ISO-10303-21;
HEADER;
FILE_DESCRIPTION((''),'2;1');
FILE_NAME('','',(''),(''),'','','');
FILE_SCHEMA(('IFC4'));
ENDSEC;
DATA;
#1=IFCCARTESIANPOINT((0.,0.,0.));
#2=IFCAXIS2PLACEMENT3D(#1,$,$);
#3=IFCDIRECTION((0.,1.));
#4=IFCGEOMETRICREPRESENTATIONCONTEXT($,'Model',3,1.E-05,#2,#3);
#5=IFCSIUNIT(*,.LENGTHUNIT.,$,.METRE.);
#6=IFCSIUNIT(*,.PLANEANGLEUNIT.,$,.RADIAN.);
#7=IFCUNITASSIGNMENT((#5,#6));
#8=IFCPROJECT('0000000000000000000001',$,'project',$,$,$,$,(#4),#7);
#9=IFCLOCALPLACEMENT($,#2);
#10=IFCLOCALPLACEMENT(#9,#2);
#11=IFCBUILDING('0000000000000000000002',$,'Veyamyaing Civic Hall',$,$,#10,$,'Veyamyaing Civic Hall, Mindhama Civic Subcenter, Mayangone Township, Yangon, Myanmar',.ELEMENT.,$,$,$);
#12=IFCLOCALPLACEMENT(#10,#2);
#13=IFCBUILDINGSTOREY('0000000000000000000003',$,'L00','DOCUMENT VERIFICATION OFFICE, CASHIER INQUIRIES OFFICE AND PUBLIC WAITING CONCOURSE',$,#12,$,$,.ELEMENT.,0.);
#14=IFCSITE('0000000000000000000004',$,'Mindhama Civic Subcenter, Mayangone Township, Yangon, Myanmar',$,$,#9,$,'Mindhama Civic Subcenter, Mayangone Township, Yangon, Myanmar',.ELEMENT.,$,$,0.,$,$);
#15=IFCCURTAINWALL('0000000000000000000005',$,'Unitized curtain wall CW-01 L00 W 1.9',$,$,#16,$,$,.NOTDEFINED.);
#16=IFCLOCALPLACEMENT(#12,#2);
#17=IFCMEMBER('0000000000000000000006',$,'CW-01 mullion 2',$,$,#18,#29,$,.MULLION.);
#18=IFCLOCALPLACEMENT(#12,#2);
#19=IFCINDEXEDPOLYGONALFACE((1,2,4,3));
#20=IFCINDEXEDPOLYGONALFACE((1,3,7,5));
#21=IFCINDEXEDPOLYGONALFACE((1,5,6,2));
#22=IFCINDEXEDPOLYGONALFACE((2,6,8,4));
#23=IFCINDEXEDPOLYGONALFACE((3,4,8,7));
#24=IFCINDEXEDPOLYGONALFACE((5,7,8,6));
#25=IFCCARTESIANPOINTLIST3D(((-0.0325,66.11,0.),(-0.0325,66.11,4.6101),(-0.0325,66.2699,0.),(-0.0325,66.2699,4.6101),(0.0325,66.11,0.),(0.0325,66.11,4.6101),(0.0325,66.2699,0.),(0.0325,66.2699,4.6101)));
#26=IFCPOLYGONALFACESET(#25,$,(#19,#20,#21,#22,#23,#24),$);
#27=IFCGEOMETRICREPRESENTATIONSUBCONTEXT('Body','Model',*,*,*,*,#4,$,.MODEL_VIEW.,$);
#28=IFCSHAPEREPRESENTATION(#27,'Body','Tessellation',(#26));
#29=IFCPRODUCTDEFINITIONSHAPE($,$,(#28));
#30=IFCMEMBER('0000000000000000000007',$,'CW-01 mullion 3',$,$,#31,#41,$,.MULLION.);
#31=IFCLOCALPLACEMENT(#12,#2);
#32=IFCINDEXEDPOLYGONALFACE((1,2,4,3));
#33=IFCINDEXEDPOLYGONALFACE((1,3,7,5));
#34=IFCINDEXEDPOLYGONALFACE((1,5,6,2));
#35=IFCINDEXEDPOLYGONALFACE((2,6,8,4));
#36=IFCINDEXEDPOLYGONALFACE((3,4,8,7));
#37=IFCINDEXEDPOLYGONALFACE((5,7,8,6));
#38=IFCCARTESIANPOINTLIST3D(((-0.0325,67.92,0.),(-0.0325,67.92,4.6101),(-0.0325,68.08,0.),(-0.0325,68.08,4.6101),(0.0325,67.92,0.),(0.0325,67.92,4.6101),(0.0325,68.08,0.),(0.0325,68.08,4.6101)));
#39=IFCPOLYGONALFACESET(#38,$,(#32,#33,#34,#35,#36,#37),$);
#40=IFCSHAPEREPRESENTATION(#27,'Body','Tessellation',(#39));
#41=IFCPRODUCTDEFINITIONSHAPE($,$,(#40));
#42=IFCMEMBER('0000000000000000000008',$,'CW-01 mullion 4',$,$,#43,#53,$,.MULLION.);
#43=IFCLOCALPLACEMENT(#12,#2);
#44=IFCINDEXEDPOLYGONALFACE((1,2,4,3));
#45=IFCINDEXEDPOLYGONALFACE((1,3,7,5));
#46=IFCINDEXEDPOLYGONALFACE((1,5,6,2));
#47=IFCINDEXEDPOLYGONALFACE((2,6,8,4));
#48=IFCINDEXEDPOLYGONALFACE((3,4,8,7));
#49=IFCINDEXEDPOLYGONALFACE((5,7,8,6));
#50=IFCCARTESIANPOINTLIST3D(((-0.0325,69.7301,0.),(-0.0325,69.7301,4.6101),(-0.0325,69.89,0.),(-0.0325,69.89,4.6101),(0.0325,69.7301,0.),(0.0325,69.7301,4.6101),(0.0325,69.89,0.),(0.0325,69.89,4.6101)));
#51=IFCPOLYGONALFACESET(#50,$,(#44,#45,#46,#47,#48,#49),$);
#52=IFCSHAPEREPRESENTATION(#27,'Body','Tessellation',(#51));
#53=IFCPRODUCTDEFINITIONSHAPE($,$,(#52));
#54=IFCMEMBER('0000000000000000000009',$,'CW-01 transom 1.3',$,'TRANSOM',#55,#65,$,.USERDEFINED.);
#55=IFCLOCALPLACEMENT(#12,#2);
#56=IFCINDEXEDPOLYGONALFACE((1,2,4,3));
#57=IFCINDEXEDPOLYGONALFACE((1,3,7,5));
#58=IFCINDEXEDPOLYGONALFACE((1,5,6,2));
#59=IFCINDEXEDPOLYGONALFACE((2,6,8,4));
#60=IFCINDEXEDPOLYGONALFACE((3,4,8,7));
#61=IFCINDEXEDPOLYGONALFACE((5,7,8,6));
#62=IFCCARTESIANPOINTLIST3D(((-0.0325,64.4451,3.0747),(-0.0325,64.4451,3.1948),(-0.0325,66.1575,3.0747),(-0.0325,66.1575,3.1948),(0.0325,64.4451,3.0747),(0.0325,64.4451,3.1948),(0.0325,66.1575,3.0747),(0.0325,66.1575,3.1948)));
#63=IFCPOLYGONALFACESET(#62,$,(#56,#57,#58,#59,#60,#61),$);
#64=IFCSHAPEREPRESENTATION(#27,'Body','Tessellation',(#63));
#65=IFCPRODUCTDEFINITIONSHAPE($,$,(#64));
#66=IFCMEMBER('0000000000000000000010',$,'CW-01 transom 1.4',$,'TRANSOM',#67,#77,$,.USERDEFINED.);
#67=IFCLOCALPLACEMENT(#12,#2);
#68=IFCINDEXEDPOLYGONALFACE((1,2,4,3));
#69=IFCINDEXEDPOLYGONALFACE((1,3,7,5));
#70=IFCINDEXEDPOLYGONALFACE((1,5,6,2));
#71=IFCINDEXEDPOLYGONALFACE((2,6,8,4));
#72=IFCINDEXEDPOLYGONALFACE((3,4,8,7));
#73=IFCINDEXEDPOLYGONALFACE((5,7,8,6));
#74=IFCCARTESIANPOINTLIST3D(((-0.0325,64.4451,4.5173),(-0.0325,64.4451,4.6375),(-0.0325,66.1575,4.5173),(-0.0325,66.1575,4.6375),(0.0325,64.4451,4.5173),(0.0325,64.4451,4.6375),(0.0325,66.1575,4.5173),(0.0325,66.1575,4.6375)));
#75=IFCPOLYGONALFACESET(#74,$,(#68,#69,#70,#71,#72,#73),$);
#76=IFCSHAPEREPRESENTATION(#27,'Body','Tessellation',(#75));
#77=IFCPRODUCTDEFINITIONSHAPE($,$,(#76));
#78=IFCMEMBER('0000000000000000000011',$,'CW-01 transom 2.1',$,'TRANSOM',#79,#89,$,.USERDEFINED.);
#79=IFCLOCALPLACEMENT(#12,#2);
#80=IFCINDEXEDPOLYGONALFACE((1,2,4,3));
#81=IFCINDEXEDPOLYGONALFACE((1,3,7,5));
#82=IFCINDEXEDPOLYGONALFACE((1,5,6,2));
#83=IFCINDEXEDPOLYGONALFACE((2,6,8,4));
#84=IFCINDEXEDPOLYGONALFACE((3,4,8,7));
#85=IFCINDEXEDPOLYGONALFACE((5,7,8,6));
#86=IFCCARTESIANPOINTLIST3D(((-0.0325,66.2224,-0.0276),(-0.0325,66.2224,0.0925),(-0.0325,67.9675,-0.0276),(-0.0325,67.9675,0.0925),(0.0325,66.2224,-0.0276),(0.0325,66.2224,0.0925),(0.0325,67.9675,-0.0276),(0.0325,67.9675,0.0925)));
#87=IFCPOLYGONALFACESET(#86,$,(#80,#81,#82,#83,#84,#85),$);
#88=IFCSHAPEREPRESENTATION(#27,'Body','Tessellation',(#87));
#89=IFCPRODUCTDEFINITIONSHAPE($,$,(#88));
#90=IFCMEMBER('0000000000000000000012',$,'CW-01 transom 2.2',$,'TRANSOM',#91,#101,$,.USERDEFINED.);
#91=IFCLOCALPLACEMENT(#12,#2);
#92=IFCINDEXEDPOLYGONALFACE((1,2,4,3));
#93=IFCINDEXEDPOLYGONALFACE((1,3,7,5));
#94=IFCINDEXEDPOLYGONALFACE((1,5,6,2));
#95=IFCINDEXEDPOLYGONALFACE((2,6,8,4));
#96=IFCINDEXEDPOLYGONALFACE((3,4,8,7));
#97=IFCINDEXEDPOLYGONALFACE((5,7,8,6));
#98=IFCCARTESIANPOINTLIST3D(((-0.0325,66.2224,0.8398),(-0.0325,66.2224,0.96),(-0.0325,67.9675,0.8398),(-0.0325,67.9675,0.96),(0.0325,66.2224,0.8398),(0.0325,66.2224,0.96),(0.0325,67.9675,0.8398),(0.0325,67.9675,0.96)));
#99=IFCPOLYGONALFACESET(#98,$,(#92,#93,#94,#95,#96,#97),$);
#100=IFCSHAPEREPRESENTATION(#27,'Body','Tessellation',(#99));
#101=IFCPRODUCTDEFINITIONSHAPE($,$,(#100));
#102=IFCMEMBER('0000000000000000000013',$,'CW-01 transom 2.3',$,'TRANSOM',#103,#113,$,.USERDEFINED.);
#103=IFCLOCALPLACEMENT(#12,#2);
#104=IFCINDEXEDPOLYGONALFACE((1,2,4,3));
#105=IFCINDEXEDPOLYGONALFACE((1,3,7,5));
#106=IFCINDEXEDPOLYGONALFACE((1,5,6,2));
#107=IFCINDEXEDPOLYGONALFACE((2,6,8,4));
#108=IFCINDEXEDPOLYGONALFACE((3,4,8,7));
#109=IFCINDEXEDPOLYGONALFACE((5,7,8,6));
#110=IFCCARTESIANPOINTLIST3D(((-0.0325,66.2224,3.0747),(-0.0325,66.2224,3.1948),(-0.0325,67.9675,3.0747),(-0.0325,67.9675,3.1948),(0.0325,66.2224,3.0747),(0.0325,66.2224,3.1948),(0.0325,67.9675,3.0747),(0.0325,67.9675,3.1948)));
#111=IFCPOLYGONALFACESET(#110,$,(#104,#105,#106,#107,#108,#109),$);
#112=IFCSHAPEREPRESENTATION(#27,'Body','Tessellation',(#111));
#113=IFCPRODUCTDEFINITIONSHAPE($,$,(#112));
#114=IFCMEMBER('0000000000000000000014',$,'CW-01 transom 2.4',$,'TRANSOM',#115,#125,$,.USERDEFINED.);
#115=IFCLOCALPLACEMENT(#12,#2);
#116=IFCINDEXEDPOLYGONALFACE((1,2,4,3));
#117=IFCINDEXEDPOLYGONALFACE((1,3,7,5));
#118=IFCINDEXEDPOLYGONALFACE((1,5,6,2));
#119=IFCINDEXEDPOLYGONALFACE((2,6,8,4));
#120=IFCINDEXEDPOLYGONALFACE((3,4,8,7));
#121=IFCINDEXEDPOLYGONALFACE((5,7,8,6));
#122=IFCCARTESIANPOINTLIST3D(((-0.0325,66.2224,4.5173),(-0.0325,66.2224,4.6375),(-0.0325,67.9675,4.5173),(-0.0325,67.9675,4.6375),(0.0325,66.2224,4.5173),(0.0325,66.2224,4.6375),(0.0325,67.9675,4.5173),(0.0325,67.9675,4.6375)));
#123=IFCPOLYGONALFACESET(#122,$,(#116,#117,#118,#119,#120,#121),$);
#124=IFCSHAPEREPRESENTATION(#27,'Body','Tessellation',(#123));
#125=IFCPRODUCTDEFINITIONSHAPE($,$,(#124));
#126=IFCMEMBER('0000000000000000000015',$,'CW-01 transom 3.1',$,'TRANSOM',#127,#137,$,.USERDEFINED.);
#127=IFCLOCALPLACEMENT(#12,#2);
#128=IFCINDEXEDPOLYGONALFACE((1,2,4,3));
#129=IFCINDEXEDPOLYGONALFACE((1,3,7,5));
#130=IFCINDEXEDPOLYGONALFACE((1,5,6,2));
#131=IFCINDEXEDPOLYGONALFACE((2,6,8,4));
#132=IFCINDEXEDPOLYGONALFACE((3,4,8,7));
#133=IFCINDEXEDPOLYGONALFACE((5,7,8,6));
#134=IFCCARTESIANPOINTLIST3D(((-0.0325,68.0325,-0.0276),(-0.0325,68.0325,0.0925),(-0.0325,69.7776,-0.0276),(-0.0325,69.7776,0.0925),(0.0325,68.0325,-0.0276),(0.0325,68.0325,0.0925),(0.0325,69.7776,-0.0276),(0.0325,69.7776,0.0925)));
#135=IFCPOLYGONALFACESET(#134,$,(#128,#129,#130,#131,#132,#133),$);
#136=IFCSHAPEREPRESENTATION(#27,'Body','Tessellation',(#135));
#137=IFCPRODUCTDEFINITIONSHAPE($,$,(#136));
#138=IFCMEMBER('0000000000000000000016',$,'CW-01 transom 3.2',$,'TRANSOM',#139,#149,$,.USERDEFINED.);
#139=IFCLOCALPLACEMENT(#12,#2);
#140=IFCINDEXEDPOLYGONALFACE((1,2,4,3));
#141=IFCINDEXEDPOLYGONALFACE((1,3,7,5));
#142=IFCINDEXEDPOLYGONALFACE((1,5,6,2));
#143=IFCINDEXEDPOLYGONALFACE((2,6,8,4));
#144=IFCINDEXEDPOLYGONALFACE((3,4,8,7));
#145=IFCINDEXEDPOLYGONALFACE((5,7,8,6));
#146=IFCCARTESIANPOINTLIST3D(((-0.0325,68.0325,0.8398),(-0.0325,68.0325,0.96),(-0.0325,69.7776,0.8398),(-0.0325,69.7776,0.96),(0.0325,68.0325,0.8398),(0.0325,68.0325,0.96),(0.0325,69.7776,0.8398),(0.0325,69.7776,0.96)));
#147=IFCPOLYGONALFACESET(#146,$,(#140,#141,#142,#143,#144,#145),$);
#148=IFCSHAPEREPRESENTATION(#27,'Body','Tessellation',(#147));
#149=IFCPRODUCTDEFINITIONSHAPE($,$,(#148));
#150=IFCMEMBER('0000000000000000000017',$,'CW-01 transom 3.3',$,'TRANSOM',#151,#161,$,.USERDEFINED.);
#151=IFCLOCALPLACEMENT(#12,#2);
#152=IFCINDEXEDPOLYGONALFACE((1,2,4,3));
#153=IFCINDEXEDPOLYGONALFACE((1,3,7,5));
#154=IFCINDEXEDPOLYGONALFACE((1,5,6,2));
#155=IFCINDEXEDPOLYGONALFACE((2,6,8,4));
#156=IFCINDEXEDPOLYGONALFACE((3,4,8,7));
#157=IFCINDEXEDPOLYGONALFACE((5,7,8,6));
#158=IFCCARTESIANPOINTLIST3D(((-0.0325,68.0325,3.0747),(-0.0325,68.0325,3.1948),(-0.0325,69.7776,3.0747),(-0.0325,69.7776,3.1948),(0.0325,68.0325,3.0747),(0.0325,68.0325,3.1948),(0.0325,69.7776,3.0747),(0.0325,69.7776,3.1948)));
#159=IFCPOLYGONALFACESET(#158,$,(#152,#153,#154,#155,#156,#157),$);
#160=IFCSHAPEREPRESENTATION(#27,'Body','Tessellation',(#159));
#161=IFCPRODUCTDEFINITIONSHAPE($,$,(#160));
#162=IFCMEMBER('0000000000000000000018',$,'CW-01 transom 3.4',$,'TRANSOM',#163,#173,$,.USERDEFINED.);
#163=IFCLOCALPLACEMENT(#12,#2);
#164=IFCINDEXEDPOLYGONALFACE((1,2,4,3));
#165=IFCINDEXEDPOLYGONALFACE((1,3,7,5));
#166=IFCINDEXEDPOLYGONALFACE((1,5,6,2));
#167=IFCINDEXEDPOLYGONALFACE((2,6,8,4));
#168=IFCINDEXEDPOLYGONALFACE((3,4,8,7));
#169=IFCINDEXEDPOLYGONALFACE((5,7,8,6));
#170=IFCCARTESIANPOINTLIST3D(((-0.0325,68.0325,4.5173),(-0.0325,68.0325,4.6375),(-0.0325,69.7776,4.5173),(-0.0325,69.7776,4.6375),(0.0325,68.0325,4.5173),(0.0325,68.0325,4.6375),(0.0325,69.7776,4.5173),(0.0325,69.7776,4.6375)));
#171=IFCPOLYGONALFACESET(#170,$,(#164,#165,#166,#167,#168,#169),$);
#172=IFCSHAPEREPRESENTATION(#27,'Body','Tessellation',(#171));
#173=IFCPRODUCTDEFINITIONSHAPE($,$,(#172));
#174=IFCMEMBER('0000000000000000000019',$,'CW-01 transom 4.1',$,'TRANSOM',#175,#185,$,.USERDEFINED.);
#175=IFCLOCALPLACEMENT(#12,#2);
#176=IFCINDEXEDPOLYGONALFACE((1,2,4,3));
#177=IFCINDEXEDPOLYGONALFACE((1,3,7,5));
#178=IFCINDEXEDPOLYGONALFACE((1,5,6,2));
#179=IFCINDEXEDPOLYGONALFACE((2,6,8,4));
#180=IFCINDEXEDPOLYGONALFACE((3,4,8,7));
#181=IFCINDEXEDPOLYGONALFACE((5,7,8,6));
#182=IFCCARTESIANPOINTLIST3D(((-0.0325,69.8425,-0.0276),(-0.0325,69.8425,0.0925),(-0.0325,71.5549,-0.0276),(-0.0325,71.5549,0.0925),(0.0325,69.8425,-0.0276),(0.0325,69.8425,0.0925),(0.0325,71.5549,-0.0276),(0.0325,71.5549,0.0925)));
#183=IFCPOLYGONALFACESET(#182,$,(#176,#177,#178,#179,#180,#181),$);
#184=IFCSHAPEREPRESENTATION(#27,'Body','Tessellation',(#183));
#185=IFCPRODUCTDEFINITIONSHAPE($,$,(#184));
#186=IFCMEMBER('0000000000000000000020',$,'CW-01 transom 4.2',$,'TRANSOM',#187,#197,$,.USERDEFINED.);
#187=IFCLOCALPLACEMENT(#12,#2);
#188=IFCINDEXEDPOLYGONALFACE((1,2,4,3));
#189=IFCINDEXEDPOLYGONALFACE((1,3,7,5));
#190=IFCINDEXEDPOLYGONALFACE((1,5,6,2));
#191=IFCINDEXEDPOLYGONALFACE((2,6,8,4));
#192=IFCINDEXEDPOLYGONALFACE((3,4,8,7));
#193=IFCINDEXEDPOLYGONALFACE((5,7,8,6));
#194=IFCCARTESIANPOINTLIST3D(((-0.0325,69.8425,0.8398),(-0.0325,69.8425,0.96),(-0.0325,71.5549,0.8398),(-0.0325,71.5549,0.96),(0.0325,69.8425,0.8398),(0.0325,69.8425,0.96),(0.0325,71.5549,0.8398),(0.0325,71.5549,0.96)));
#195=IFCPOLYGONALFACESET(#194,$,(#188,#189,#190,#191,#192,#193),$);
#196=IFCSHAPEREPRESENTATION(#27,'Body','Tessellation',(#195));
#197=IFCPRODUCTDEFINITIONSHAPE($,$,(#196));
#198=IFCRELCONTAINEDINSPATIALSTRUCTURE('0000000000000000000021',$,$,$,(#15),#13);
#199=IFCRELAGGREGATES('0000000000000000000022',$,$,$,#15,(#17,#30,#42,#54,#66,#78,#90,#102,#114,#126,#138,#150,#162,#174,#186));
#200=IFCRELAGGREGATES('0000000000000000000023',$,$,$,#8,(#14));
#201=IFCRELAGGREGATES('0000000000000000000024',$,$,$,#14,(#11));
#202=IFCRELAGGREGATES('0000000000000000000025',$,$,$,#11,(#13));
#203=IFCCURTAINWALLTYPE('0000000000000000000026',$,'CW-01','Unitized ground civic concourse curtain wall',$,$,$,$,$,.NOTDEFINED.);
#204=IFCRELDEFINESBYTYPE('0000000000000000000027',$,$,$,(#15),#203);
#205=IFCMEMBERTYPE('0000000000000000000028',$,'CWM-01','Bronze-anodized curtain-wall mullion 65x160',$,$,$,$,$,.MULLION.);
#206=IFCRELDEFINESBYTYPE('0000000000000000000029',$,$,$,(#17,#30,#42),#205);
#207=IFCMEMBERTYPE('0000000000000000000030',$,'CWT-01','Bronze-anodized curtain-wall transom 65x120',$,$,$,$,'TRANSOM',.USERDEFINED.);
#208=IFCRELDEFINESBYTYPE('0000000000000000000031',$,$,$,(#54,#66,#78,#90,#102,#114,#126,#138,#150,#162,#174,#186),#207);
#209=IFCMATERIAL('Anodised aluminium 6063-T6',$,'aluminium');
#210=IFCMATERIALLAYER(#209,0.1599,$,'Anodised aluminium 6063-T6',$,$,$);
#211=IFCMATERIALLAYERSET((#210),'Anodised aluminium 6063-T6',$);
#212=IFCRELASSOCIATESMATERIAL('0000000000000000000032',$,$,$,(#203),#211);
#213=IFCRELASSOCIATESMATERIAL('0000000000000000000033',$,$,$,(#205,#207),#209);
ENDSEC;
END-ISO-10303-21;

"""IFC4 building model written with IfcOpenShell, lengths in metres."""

from ifc_helpers import new_model, si_unit, direction, frame, origin, origin_2d, place, context, subcontext, project, spatial, rectangle, extrude, material, layer, layer_set, material_profile, profile_set, type_object, element, aggregate, save


model = new_model("IFC4")

# Units and contexts
model_context = context("Model", 3, precision=1e-05, world=origin(), true_north=direction((0.0, 1.0)))
body_context = subcontext(model_context, "Body", "Model", "MODEL_VIEW")
ifc_project = project(units=[si_unit("LENGTHUNIT", "METRE"), si_unit("PLANEANGLEUNIT", "RADIAN")], contexts=[model_context])

# Site, building, storey
site_placement = place(None, origin())
site = spatial("IfcSite", under=ifc_project, at=site_placement, Name="Mindhama Civic Subcenter, Mayangone Township, Yangon, Myanmar", LongName="Mindhama Civic Subcenter, Mayangone Township, Yangon, Myanmar", CompositionType="ELEMENT", RefElevation=0.0)
building_placement = place(site_placement, origin())
building = spatial("IfcBuilding", under=site, at=building_placement, Name="Veyamyaing Civic Hall", LongName="Veyamyaing Civic Hall, Mindhama Civic Subcenter, Mayangone Township, Yangon, Myanmar", CompositionType="ELEMENT")
storey_placement = place(building_placement, origin())
storey = spatial("IfcBuildingStorey", under=building, at=storey_placement, Name="L00", Description="DOCUMENT VERIFICATION OFFICE, CASHIER INQUIRIES OFFICE AND PUBLIC WAITING CONCOURSE", CompositionType="ELEMENT", Elevation=0.0)

# Curtain wall, members
ifc_material_1 = material(Name="Anodised aluminium 6063-T6", Category="aluminium")
ifc_layer_1 = layer(ifc_material_1, 0.1599, Name="Anodised aluminium 6063-T6")
ifc_layer_set_1 = layer_set([ifc_layer_1], Name="Anodised aluminium 6063-T6")
curtain_wall_type = type_object("IfcCurtainWallType", Name="CW-01", Description="Unitized ground civic concourse curtain wall", PredefinedType="NOTDEFINED", material=ifc_layer_set_1)
curtain_wall_placement = place(storey_placement, origin())
curtain_wall = element("IfcCurtainWall", 1, at=curtain_wall_placement, inside=storey, type_object=curtain_wall_type, Name="Unitized curtain wall CW-01 L00 W 1.9", PredefinedType="NOTDEFINED")
ifc_material_profile_1 = material_profile(ifc_material_1, rectangle(XDim=0.0649, YDim=0.1599, at=origin_2d()), Name="ALU-MUL-65X160")
ifc_profile_set_1 = profile_set([ifc_material_profile_1], Name="Anodised aluminium 6063-T6")
member_type_1 = type_object("IfcMemberType", Name="CWM-01", Description="Bronze-anodized curtain-wall mullion 65x160", PredefinedType="MULLION", material=ifc_profile_set_1)
member_1_placement = place(storey_placement, frame((0.0, 66.1899, 0.0), z_axis=(0.0, 0.0, 1.0), x_axis=(-1.0, 0.0, 0.0)))
member_1 = element("IfcMember", 2, at=member_1_placement, type_object=member_type_1, Name="CW-01 mullion 2", PredefinedType="MULLION", context=body_context, shape_type="SweptSolid", body=[
    extrude(rectangle(XDim=0.0649, YDim=0.1599, at=origin_2d()), origin(), (0.0, 0.0, 1.0), 4.6101),
])
member_2_placement = place(storey_placement, frame((0.0, 68.0, 0.0), z_axis=(0.0, 0.0, 1.0), x_axis=(-1.0, 0.0, 0.0)))
member_2 = element("IfcMember", 3, at=member_2_placement, type_object=member_type_1, Name="CW-01 mullion 3", PredefinedType="MULLION", context=body_context, shape_type="SweptSolid", body=[
    extrude(rectangle(XDim=0.0649, YDim=0.1599, at=origin_2d()), origin(), (0.0, 0.0, 1.0), 4.6101),
])
member_3_placement = place(storey_placement, frame((0.0, 69.8101, 0.0), z_axis=(0.0, 0.0, 1.0), x_axis=(-1.0, 0.0, 0.0)))
member_3 = element("IfcMember", 4, at=member_3_placement, type_object=member_type_1, Name="CW-01 mullion 4", PredefinedType="MULLION", context=body_context, shape_type="SweptSolid", body=[
    extrude(rectangle(XDim=0.0649, YDim=0.1599, at=origin_2d()), origin(), (0.0, 0.0, 1.0), 4.6101),
])
ifc_material_profile_2 = material_profile(ifc_material_1, rectangle(XDim=0.0649, YDim=0.1201, at=origin_2d()), Name="ALU-TRN-65X120")
ifc_profile_set_2 = profile_set([ifc_material_profile_2], Name="Anodised aluminium 6063-T6")
member_type_2 = type_object("IfcMemberType", Name="CWT-01", Description="Bronze-anodized curtain-wall transom 65x120", ElementType="TRANSOM", PredefinedType="USERDEFINED", material=ifc_profile_set_2)
member_4_placement = place(storey_placement, frame((0.0, 64.4451, 3.1348), z_axis=(0.0, 1.0, 0.0), x_axis=(-1.0, 0.0, 0.0)))
member_4 = element("IfcMember", 5, at=member_4_placement, type_object=member_type_2, Name="CW-01 transom 1.3", ObjectType="TRANSOM", PredefinedType="USERDEFINED", context=body_context, shape_type="SweptSolid", body=[
    extrude(rectangle(XDim=0.0649, YDim=0.1201, at=origin_2d()), origin(), (0.0, 0.0, 1.0), 1.7124),
])
member_5_placement = place(storey_placement, frame((0.0, 64.4451, 4.5774), z_axis=(0.0, 1.0, 0.0), x_axis=(-1.0, 0.0, 0.0)))
member_5 = element("IfcMember", 6, at=member_5_placement, type_object=member_type_2, Name="CW-01 transom 1.4", ObjectType="TRANSOM", PredefinedType="USERDEFINED", context=body_context, shape_type="SweptSolid", body=[
    extrude(rectangle(XDim=0.0649, YDim=0.1201, at=origin_2d()), origin(), (0.0, 0.0, 1.0), 1.7124),
])
member_6_placement = place(storey_placement, frame((0.0, 66.2224, 0.0325), z_axis=(0.0, 1.0, 0.0), x_axis=(-1.0, 0.0, 0.0)))
member_6 = element("IfcMember", 7, at=member_6_placement, type_object=member_type_2, Name="CW-01 transom 2.1", ObjectType="TRANSOM", PredefinedType="USERDEFINED", context=body_context, shape_type="SweptSolid", body=[
    extrude(rectangle(XDim=0.0649, YDim=0.1201, at=origin_2d()), origin(), (0.0, 0.0, 1.0), 1.7451),
])
member_7_placement = place(storey_placement, frame((0.0, 66.2224, 0.8999), z_axis=(0.0, 1.0, 0.0), x_axis=(-1.0, 0.0, 0.0)))
member_7 = element("IfcMember", 8, at=member_7_placement, type_object=member_type_2, Name="CW-01 transom 2.2", ObjectType="TRANSOM", PredefinedType="USERDEFINED", context=body_context, shape_type="SweptSolid", body=[
    extrude(rectangle(XDim=0.0649, YDim=0.1201, at=origin_2d()), origin(), (0.0, 0.0, 1.0), 1.7451),
])
member_8_placement = place(storey_placement, frame((0.0, 66.2224, 3.1348), z_axis=(0.0, 1.0, 0.0), x_axis=(-1.0, 0.0, 0.0)))
member_8 = element("IfcMember", 9, at=member_8_placement, type_object=member_type_2, Name="CW-01 transom 2.3", ObjectType="TRANSOM", PredefinedType="USERDEFINED", context=body_context, shape_type="SweptSolid", body=[
    extrude(rectangle(XDim=0.0649, YDim=0.1201, at=origin_2d()), origin(), (0.0, 0.0, 1.0), 1.7451),
])
member_9_placement = place(storey_placement, frame((0.0, 66.2224, 4.5774), z_axis=(0.0, 1.0, 0.0), x_axis=(-1.0, 0.0, 0.0)))
member_9 = element("IfcMember", 10, at=member_9_placement, type_object=member_type_2, Name="CW-01 transom 2.4", ObjectType="TRANSOM", PredefinedType="USERDEFINED", context=body_context, shape_type="SweptSolid", body=[
    extrude(rectangle(XDim=0.0649, YDim=0.1201, at=origin_2d()), origin(), (0.0, 0.0, 1.0), 1.7451),
])
member_10_placement = place(storey_placement, frame((0.0, 68.0325, 0.0325), z_axis=(0.0, 1.0, 0.0), x_axis=(-1.0, 0.0, 0.0)))
member_10 = element("IfcMember", 11, at=member_10_placement, type_object=member_type_2, Name="CW-01 transom 3.1", ObjectType="TRANSOM", PredefinedType="USERDEFINED", context=body_context, shape_type="SweptSolid", body=[
    extrude(rectangle(XDim=0.0649, YDim=0.1201, at=origin_2d()), origin(), (0.0, 0.0, 1.0), 1.7451),
])
member_11_placement = place(storey_placement, frame((0.0, 68.0325, 0.8999), z_axis=(0.0, 1.0, 0.0), x_axis=(-1.0, 0.0, 0.0)))
member_11 = element("IfcMember", 12, at=member_11_placement, type_object=member_type_2, Name="CW-01 transom 3.2", ObjectType="TRANSOM", PredefinedType="USERDEFINED", context=body_context, shape_type="SweptSolid", body=[
    extrude(rectangle(XDim=0.0649, YDim=0.1201, at=origin_2d()), origin(), (0.0, 0.0, 1.0), 1.7451),
])
member_12_placement = place(storey_placement, frame((0.0, 68.0325, 3.1348), z_axis=(0.0, 1.0, 0.0), x_axis=(-1.0, 0.0, 0.0)))
member_12 = element("IfcMember", 13, at=member_12_placement, type_object=member_type_2, Name="CW-01 transom 3.3", ObjectType="TRANSOM", PredefinedType="USERDEFINED", context=body_context, shape_type="SweptSolid", body=[
    extrude(rectangle(XDim=0.0649, YDim=0.1201, at=origin_2d()), origin(), (0.0, 0.0, 1.0), 1.7451),
])
member_13_placement = place(storey_placement, frame((0.0, 68.0325, 4.5774), z_axis=(0.0, 1.0, 0.0), x_axis=(-1.0, 0.0, 0.0)))
member_13 = element("IfcMember", 14, at=member_13_placement, type_object=member_type_2, Name="CW-01 transom 3.4", ObjectType="TRANSOM", PredefinedType="USERDEFINED", context=body_context, shape_type="SweptSolid", body=[
    extrude(rectangle(XDim=0.0649, YDim=0.1201, at=origin_2d()), origin(), (0.0, 0.0, 1.0), 1.7451),
])
member_14_placement = place(storey_placement, frame((0.0, 69.8425, 0.0325), z_axis=(0.0, 1.0, 0.0), x_axis=(-1.0, 0.0, 0.0)))
member_14 = element("IfcMember", 15, at=member_14_placement, type_object=member_type_2, Name="CW-01 transom 4.1", ObjectType="TRANSOM", PredefinedType="USERDEFINED", context=body_context, shape_type="SweptSolid", body=[
    extrude(rectangle(XDim=0.0649, YDim=0.1201, at=origin_2d()), origin(), (0.0, 0.0, 1.0), 1.7124),
])
member_15_placement = place(storey_placement, frame((0.0, 69.8425, 0.8999), z_axis=(0.0, 1.0, 0.0), x_axis=(-1.0, 0.0, 0.0)))
member_15 = element("IfcMember", 16, at=member_15_placement, type_object=member_type_2, Name="CW-01 transom 4.2", ObjectType="TRANSOM", PredefinedType="USERDEFINED", context=body_context, shape_type="SweptSolid", body=[
    extrude(rectangle(XDim=0.0649, YDim=0.1201, at=origin_2d()), origin(), (0.0, 0.0, 1.0), 1.7124),
])

aggregate(curtain_wall, [member_1, member_2, member_3, member_4, member_5, member_6, member_7, member_8, member_9, member_10, member_11, member_12, member_13, member_14, member_15])

save(model, "model.ifc")
